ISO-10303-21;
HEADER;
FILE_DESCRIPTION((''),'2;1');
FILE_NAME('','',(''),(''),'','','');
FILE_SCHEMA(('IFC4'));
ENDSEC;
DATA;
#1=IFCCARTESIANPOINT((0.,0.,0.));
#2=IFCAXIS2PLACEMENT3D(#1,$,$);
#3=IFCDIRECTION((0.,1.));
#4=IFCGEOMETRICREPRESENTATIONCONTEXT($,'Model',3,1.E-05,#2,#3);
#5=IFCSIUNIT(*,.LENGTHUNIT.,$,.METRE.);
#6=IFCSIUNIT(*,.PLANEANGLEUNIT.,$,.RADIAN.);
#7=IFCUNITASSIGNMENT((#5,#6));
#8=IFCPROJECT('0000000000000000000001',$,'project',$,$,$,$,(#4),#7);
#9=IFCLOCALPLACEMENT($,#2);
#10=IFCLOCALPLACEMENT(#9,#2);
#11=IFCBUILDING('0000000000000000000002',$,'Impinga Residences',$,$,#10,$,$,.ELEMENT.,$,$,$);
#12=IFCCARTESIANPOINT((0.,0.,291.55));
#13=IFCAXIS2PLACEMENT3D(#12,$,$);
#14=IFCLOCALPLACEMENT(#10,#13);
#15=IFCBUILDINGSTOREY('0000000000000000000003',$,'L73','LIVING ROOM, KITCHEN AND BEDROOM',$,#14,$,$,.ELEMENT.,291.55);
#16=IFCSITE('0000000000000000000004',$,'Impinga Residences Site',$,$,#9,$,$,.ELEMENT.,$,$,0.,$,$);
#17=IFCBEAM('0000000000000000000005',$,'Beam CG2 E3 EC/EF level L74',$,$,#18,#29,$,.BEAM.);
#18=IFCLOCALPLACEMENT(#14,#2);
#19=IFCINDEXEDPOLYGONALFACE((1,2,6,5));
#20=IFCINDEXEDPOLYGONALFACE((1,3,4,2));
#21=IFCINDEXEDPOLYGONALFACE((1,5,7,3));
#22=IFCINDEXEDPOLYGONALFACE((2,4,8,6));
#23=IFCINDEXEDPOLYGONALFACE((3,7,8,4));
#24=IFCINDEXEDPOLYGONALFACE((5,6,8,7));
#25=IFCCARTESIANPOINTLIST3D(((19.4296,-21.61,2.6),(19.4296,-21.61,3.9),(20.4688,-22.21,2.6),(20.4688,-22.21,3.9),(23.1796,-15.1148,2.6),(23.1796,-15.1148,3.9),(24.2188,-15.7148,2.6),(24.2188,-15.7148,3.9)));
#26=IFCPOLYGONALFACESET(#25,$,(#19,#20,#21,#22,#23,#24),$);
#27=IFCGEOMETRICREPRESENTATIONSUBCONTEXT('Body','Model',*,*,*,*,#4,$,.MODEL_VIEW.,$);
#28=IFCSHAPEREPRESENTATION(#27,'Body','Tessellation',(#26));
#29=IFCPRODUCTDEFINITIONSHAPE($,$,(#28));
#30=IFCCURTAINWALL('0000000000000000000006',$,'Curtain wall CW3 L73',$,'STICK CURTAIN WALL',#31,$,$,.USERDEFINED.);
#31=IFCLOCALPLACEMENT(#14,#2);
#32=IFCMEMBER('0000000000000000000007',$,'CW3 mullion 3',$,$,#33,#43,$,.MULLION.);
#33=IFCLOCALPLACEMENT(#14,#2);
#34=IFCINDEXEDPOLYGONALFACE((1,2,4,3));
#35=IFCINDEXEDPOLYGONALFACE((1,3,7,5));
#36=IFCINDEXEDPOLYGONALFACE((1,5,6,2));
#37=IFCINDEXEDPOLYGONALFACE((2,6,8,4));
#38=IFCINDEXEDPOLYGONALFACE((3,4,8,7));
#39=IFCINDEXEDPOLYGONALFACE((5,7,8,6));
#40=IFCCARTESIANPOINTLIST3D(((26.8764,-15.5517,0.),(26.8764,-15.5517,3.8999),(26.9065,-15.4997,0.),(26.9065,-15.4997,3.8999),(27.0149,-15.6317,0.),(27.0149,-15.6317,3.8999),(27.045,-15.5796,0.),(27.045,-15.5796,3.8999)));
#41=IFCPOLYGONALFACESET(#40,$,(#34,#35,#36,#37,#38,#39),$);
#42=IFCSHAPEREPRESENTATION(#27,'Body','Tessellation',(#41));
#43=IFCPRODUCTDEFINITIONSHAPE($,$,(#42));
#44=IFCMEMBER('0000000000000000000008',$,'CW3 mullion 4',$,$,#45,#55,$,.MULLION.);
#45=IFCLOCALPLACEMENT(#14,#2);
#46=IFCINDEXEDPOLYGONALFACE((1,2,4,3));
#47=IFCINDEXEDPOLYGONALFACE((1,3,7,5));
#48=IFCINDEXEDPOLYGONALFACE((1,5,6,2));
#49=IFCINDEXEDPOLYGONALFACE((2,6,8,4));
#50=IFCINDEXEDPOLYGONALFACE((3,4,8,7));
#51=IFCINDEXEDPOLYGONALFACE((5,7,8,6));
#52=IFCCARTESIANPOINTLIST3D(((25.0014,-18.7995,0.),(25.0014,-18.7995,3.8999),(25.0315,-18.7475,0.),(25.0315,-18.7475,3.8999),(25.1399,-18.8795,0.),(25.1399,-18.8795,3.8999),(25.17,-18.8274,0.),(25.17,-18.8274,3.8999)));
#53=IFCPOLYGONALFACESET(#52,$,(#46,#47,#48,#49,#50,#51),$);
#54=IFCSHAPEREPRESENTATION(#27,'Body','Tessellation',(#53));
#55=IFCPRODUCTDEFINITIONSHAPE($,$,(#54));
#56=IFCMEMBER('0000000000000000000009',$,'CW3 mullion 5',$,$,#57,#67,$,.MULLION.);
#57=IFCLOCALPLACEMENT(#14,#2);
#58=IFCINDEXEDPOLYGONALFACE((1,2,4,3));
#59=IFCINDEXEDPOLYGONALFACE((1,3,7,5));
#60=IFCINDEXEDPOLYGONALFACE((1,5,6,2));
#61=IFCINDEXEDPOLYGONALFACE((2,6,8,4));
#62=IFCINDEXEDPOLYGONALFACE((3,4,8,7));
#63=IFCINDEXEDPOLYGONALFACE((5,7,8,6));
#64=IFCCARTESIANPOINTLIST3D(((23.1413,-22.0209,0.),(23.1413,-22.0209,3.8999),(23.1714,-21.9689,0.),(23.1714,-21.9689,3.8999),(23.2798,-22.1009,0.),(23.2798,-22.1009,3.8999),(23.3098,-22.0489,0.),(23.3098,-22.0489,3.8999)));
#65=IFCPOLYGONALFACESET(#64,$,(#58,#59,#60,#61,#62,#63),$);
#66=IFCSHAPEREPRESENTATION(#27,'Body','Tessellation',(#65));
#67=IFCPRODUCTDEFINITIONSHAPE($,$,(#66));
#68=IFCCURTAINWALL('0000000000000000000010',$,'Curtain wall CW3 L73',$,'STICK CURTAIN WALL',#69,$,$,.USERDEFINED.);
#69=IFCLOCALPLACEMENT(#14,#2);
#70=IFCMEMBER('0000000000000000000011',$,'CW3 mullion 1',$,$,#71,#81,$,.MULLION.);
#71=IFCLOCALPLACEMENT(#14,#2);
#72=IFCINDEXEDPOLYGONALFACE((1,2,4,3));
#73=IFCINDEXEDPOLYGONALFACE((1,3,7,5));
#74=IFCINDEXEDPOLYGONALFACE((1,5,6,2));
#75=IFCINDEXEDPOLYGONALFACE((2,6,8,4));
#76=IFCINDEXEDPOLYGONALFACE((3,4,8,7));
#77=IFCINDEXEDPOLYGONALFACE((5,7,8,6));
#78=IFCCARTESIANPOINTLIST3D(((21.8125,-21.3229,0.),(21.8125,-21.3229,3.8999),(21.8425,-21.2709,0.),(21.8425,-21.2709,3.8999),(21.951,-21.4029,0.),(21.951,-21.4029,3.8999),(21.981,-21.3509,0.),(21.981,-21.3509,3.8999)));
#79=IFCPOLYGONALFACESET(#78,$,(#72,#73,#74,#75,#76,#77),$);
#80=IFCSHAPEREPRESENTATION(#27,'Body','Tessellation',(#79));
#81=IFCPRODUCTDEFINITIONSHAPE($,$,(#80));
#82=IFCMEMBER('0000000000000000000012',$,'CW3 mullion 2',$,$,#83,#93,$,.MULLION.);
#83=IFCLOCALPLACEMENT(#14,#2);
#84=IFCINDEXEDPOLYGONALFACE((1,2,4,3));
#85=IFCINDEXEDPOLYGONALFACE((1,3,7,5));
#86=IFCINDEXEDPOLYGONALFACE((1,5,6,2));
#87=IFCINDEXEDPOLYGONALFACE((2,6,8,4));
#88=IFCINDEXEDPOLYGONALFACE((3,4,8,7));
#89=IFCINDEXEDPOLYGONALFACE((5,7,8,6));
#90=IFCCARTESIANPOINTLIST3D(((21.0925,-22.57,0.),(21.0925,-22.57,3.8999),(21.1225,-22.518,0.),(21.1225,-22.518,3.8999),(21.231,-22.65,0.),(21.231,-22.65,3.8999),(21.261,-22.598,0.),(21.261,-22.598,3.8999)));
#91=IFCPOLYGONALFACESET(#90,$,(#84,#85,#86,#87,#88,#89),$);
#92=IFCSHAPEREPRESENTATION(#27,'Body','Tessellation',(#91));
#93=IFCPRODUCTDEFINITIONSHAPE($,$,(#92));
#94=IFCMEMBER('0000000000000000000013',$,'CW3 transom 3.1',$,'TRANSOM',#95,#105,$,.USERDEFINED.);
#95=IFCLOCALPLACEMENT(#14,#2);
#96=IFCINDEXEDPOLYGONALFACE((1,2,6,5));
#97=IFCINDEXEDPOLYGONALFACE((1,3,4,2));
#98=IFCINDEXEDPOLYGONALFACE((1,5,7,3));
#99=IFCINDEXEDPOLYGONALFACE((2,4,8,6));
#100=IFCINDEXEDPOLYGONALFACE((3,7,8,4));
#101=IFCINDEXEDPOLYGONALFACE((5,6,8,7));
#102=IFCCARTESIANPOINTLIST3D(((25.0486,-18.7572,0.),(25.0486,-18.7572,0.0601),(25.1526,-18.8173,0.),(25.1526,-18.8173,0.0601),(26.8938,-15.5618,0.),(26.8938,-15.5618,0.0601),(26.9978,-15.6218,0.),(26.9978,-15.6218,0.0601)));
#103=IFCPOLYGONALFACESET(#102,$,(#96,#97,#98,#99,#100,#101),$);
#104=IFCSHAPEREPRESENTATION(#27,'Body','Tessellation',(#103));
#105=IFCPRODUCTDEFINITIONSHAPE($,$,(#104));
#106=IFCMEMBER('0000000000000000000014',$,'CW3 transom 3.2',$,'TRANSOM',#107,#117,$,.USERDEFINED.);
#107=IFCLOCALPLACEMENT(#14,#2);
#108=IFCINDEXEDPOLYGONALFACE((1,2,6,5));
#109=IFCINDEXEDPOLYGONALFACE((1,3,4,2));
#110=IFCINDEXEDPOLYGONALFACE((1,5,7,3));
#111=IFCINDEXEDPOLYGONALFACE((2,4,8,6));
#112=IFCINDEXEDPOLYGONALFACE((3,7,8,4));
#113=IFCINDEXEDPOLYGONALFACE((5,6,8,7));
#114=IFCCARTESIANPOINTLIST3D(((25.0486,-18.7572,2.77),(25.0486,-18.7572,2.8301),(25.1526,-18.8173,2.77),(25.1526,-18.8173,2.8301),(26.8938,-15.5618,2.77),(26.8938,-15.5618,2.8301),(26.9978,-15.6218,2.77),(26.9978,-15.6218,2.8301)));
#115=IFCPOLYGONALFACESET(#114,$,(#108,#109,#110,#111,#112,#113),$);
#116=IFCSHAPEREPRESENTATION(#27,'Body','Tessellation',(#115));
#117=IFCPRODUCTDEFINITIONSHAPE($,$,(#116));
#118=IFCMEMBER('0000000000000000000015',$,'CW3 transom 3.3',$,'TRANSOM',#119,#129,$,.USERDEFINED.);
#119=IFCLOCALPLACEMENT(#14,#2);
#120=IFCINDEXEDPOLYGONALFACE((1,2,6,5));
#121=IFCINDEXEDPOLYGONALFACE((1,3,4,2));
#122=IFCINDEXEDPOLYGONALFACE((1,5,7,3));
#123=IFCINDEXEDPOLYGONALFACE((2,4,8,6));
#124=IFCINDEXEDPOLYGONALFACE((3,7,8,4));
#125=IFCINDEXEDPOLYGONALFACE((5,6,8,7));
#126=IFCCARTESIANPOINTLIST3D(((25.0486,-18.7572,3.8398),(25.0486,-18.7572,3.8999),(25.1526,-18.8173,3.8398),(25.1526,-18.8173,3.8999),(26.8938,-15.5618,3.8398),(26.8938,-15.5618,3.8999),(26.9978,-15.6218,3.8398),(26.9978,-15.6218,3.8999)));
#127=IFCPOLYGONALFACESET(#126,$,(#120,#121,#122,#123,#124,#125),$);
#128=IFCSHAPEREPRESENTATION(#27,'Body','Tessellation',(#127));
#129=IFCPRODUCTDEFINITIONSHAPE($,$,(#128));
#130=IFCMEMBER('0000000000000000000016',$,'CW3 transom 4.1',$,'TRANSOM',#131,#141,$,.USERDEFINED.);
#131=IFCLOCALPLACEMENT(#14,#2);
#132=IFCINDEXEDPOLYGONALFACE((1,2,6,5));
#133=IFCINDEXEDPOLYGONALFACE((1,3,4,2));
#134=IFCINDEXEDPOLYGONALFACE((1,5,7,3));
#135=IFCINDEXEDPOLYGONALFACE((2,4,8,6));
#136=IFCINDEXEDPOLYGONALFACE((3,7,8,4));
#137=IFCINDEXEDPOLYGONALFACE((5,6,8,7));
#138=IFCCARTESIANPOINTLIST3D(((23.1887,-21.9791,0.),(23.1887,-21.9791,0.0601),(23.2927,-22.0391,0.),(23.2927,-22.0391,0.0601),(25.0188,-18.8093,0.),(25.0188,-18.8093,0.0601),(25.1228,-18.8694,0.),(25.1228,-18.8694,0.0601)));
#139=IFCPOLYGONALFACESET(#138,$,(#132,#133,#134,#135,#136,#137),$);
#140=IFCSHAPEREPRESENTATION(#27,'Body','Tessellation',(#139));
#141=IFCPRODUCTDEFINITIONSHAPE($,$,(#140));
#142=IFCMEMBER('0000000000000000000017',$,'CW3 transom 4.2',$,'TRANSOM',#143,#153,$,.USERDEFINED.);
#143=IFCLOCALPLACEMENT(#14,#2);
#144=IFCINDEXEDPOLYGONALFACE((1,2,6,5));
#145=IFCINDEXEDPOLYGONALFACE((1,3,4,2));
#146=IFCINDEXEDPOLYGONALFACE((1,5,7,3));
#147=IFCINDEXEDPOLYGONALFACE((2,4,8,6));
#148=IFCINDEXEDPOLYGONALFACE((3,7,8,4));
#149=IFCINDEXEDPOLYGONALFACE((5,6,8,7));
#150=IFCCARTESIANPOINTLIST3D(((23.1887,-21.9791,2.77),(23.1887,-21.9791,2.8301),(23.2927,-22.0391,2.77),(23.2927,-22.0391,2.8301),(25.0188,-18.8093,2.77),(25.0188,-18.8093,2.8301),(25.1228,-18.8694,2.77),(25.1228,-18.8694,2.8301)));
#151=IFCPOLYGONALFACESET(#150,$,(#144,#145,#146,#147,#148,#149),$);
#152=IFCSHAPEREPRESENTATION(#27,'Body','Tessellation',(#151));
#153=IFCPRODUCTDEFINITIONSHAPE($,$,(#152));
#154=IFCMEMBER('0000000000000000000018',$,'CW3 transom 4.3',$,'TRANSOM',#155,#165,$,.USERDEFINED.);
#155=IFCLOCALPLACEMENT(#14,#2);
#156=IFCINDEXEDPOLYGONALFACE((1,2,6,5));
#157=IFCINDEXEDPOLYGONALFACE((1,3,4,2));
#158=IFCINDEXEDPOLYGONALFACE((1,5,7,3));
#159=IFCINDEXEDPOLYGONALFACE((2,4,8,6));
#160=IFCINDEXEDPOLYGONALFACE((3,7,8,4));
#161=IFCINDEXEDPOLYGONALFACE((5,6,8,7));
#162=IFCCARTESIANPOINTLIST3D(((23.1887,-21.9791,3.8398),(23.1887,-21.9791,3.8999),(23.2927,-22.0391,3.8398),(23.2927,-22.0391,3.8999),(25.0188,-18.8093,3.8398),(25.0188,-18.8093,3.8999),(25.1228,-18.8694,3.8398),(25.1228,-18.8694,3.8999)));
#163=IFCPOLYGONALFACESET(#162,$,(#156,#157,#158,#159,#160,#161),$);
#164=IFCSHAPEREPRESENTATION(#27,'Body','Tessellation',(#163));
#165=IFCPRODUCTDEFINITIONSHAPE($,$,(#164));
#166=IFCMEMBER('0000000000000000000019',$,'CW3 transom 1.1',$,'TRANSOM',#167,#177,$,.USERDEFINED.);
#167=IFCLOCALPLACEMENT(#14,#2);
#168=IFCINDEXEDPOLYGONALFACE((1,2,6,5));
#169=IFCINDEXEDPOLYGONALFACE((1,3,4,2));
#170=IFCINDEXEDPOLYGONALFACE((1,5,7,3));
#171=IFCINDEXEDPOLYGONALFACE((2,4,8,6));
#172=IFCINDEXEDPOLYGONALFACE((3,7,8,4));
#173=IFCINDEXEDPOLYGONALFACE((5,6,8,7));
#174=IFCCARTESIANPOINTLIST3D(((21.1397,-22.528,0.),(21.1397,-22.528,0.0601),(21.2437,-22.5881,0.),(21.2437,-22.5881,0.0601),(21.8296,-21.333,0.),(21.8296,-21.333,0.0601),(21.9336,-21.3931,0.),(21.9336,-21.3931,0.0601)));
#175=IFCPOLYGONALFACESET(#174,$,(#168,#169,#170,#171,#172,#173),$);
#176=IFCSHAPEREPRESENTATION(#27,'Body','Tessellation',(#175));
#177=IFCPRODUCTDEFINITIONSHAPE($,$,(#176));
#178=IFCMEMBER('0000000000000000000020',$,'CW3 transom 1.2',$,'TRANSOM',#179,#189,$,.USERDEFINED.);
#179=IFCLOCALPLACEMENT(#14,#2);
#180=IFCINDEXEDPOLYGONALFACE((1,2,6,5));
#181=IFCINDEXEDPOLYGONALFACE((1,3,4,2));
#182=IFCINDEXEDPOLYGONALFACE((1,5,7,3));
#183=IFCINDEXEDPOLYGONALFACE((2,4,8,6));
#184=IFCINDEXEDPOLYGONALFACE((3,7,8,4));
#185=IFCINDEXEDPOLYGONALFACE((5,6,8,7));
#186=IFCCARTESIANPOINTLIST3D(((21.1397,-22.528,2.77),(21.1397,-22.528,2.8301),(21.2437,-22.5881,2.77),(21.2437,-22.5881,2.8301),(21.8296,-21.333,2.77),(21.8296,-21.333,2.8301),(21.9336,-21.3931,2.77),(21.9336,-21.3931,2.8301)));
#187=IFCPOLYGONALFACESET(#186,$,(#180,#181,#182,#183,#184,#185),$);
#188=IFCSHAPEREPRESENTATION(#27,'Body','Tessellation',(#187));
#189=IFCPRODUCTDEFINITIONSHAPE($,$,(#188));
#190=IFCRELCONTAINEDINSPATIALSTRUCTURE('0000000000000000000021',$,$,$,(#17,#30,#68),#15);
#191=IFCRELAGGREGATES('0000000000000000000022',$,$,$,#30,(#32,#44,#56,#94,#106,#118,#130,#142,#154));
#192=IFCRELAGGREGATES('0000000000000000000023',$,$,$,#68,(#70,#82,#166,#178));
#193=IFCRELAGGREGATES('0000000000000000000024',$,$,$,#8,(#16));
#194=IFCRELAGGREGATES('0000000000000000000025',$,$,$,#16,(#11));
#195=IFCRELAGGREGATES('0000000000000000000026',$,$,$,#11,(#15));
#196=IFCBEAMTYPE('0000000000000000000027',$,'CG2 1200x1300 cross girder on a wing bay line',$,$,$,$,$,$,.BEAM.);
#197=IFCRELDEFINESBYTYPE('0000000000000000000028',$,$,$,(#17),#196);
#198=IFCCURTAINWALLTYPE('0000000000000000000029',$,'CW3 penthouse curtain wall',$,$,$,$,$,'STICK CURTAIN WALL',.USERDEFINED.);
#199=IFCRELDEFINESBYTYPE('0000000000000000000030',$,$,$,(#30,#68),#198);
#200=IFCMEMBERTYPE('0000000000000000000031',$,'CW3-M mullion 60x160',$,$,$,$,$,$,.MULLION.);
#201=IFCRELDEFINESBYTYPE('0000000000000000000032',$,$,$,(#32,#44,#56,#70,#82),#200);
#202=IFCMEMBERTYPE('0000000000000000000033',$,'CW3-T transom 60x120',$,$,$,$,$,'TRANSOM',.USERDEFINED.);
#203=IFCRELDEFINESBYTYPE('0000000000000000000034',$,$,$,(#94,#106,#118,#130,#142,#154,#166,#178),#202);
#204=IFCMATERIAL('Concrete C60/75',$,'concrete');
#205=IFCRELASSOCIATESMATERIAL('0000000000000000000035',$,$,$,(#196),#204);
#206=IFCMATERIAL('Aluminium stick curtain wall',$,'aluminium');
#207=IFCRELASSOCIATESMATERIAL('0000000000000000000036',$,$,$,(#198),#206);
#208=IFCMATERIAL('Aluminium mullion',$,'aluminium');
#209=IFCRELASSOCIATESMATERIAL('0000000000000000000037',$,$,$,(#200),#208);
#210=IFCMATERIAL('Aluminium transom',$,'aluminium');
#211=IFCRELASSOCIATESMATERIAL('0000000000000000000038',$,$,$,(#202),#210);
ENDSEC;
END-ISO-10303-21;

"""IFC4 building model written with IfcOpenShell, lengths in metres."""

from ifc_helpers import new_model, si_unit, direction, frame, origin, origin_2d, place, context, subcontext, project, spatial, rectangle, extrude, material, material_profile, profile_set, type_object, element, aggregate, save


model = new_model("IFC4")

# Units and contexts
model_context = context("Model", 3, precision=1e-05, world=origin(), true_north=direction((0.0, 1.0)))
body_context = subcontext(model_context, "Body", "Model", "MODEL_VIEW")
ifc_project = project(units=[si_unit("LENGTHUNIT", "METRE"), si_unit("PLANEANGLEUNIT", "RADIAN")], contexts=[model_context])

# Site, building, storey
site_placement = place(None, origin())
site = spatial("IfcSite", under=ifc_project, at=site_placement, Name="Impinga Residences Site", CompositionType="ELEMENT", RefElevation=0.0)
building_placement = place(site_placement, origin())
building = spatial("IfcBuilding", under=site, at=building_placement, Name="Impinga Residences", CompositionType="ELEMENT")
storey_placement = place(building_placement, frame((0.0, 0.0, 291.55)))
storey = spatial("IfcBuildingStorey", under=building, at=storey_placement, Name="L73", Description="LIVING ROOM, KITCHEN AND BEDROOM", CompositionType="ELEMENT", Elevation=291.55)

# Beam
ifc_material_1 = material(Name="Concrete C60/75", Category="concrete")
ifc_material_profile_1 = material_profile(ifc_material_1, rectangle(XDim=1.2, YDim=1.3, at=origin_2d()), Name="RC 1200x1300")
ifc_profile_set_1 = profile_set([ifc_material_profile_1], Name="Concrete C60/75")
beam_type_1 = type_object("IfcBeamType", Name="CG2 1200x1300 cross girder on a wing bay line", PredefinedType="BEAM", material=ifc_profile_set_1)
beam_1_placement = place(storey_placement, frame((23.6992, -15.4148, 3.25), z_axis=(-0.500004, -0.866023, 0.0), x_axis=(0.866023, -0.500004, 0.0)))
element("IfcBeam", 1, at=beam_1_placement, inside=storey, type_object=beam_type_1, Name="Beam CG2 E3 EC/EF level L74", PredefinedType="BEAM", context=body_context, shape_type="SweptSolid", body=[
    extrude(rectangle(XDim=1.2, YDim=1.3, at=origin_2d()), origin(), (0.0, 0.0, 1.0), 7.5),
])

# Curtain walls, members
ifc_material_2 = material(Name="Aluminium stick curtain wall", Category="aluminium")
curtain_wall_type = type_object("IfcCurtainWallType", Name="CW3 penthouse curtain wall", ElementType="STICK CURTAIN WALL", PredefinedType="USERDEFINED", material=ifc_material_2)
curtain_wall_1_placement = place(storey_placement, origin())
curtain_wall_1 = element("IfcCurtainWall", 2, at=curtain_wall_1_placement, inside=storey, type_object=curtain_wall_type, Name="Curtain wall CW3 L73", ObjectType="STICK CURTAIN WALL", PredefinedType="USERDEFINED")
ifc_material_3 = material(Name="Aluminium mullion", Category="aluminium")
ifc_material_profile_2 = material_profile(ifc_material_3, rectangle(XDim=0.0601, YDim=0.1599, at=origin_2d()), Name="60x160 mullion")
ifc_profile_set_2 = profile_set([ifc_material_profile_2], Name="Aluminium mullion")
member_type_1 = type_object("IfcMemberType", Name="CW3-M mullion 60x160", PredefinedType="MULLION", material=ifc_profile_set_2)
member_1_placement = place(storey_placement, frame((26.9607, -15.5657, 0.0), z_axis=(0.0, 0.0, 1.0), x_axis=(-0.5, -0.866025, 0.0)))
member_1 = element("IfcMember", 3, at=member_1_placement, type_object=member_type_1, Name="CW3 mullion 3", PredefinedType="MULLION", context=body_context, shape_type="SweptSolid", body=[
    extrude(rectangle(XDim=0.0601, YDim=0.1599, at=origin_2d()), origin(), (0.0, 0.0, 1.0), 3.8999),
])
member_2_placement = place(storey_placement, frame((25.0857, -18.8135, 0.0), z_axis=(0.0, 0.0, 1.0), x_axis=(-0.5, -0.866025, 0.0)))
member_2 = element("IfcMember", 4, at=member_2_placement, type_object=member_type_1, Name="CW3 mullion 4", PredefinedType="MULLION", context=body_context, shape_type="SweptSolid", body=[
    extrude(rectangle(XDim=0.0601, YDim=0.1599, at=origin_2d()), origin(), (0.0, 0.0, 1.0), 3.8999),
])
member_3_placement = place(storey_placement, frame((23.2256, -22.0349, 0.0), z_axis=(0.0, 0.0, 1.0), x_axis=(-0.5, -0.866025, 0.0)))
member_3 = element("IfcMember", 5, at=member_3_placement, type_object=member_type_1, Name="CW3 mullion 5", PredefinedType="MULLION", context=body_context, shape_type="SweptSolid", body=[
    extrude(rectangle(XDim=0.0601, YDim=0.1599, at=origin_2d()), origin(), (0.0, 0.0, 1.0), 3.8999),
])
curtain_wall_2_placement = place(storey_placement, origin())
curtain_wall_2 = element("IfcCurtainWall", 6, at=curtain_wall_2_placement, inside=storey, type_object=curtain_wall_type, Name="Curtain wall CW3 L73", ObjectType="STICK CURTAIN WALL", PredefinedType="USERDEFINED")
member_4_placement = place(storey_placement, frame((21.8967, -21.3369, 0.0), z_axis=(0.0, 0.0, 1.0), x_axis=(-0.5, -0.866025, 0.0)))
member_4 = element("IfcMember", 7, at=member_4_placement, type_object=member_type_1, Name="CW3 mullion 1", PredefinedType="MULLION", context=body_context, shape_type="SweptSolid", body=[
    extrude(rectangle(XDim=0.0601, YDim=0.1599, at=origin_2d()), origin(), (0.0, 0.0, 1.0), 3.8999),
])
member_5_placement = place(storey_placement, frame((21.1768, -22.584, 0.0), z_axis=(0.0, 0.0, 1.0), x_axis=(-0.5, -0.866025, 0.0)))
member_5 = element("IfcMember", 8, at=member_5_placement, type_object=member_type_1, Name="CW3 mullion 2", PredefinedType="MULLION", context=body_context, shape_type="SweptSolid", body=[
    extrude(rectangle(XDim=0.0601, YDim=0.1599, at=origin_2d()), origin(), (0.0, 0.0, 1.0), 3.8999),
])

# Members
ifc_material_4 = material(Name="Aluminium transom", Category="aluminium")
ifc_material_profile_3 = material_profile(ifc_material_4, rectangle(XDim=0.0601, YDim=0.1201, at=origin_2d()), Name="60x120 transom")
ifc_profile_set_3 = profile_set([ifc_material_profile_3], Name="Aluminium transom")
member_type_2 = type_object("IfcMemberType", Name="CW3-T transom 60x120", ElementType="TRANSOM", PredefinedType="USERDEFINED", material=ifc_profile_set_3)
member_6_placement = place(storey_placement, frame((26.9458, -15.5918, 0.03), z_axis=(-0.500053, -0.865995, 0.0), x_axis=(0.0, 0.0, 1.0)))
member_6 = element("IfcMember", 9, at=member_6_placement, type_object=member_type_2, Name="CW3 transom 3.1", ObjectType="TRANSOM", PredefinedType="USERDEFINED", context=body_context, shape_type="SweptSolid", body=[
    extrude(rectangle(XDim=0.0601, YDim=0.1201, at=origin_2d()), origin(), (0.0, 0.0, 1.0), 3.6899),
])
member_7_placement = place(storey_placement, frame((26.9458, -15.5918, 2.8), z_axis=(-0.500053, -0.865995, 0.0), x_axis=(0.0, 0.0, 1.0)))
member_7 = element("IfcMember", 10, at=member_7_placement, type_object=member_type_2, Name="CW3 transom 3.2", ObjectType="TRANSOM", PredefinedType="USERDEFINED", context=body_context, shape_type="SweptSolid", body=[
    extrude(rectangle(XDim=0.0601, YDim=0.1201, at=origin_2d()), origin(), (0.0, 0.0, 1.0), 3.6899),
])
member_8_placement = place(storey_placement, frame((26.9458, -15.5918, 3.8699), z_axis=(-0.500053, -0.865995, 0.0), x_axis=(0.0, 0.0, 1.0)))
member_8 = element("IfcMember", 11, at=member_8_placement, type_object=member_type_2, Name="CW3 transom 3.3", ObjectType="TRANSOM", PredefinedType="USERDEFINED", context=body_context, shape_type="SweptSolid", body=[
    extrude(rectangle(XDim=0.0601, YDim=0.1201, at=origin_2d()), origin(), (0.0, 0.0, 1.0), 3.6899),
])
member_9_placement = place(storey_placement, frame((25.0708, -18.8394, 0.03), z_axis=(-0.500013, -0.866018, 0.0), x_axis=(0.0, 0.0, 1.0)))
member_9 = element("IfcMember", 12, at=member_9_placement, type_object=member_type_2, Name="CW3 transom 4.1", ObjectType="TRANSOM", PredefinedType="USERDEFINED", context=body_context, shape_type="SweptSolid", body=[
    extrude(rectangle(XDim=0.0601, YDim=0.1201, at=origin_2d()), origin(), (0.0, 0.0, 1.0), 3.6602),
])
member_10_placement = place(storey_placement, frame((25.0708, -18.8394, 2.8), z_axis=(-0.500013, -0.866018, 0.0), x_axis=(0.0, 0.0, 1.0)))
member_10 = element("IfcMember", 13, at=member_10_placement, type_object=member_type_2, Name="CW3 transom 4.2", ObjectType="TRANSOM", PredefinedType="USERDEFINED", context=body_context, shape_type="SweptSolid", body=[
    extrude(rectangle(XDim=0.0601, YDim=0.1201, at=origin_2d()), origin(), (0.0, 0.0, 1.0), 3.6602),
])
member_11_placement = place(storey_placement, frame((25.0708, -18.8394, 3.8699), z_axis=(-0.500013, -0.866018, 0.0), x_axis=(0.0, 0.0, 1.0)))
member_11 = element("IfcMember", 14, at=member_11_placement, type_object=member_type_2, Name="CW3 transom 4.3", ObjectType="TRANSOM", PredefinedType="USERDEFINED", context=body_context, shape_type="SweptSolid", body=[
    extrude(rectangle(XDim=0.0601, YDim=0.1201, at=origin_2d()), origin(), (0.0, 0.0, 1.0), 3.6602),
])
member_12_placement = place(storey_placement, frame((21.8816, -21.363, 0.03), z_axis=(-0.499983, -0.866035, 0.0), x_axis=(0.0, 0.0, 1.0)))
member_12 = element("IfcMember", 15, at=member_12_placement, type_object=member_type_2, Name="CW3 transom 1.1", ObjectType="TRANSOM", PredefinedType="USERDEFINED", context=body_context, shape_type="SweptSolid", body=[
    extrude(rectangle(XDim=0.0601, YDim=0.1201, at=origin_2d()), origin(), (0.0, 0.0, 1.0), 1.3799),
])
member_13_placement = place(storey_placement, frame((21.8816, -21.363, 2.8), z_axis=(-0.499983, -0.866035, 0.0), x_axis=(0.0, 0.0, 1.0)))
member_13 = element("IfcMember", 16, at=member_13_placement, type_object=member_type_2, Name="CW3 transom 1.2", ObjectType="TRANSOM", PredefinedType="USERDEFINED", context=body_context, shape_type="SweptSolid", body=[
    extrude(rectangle(XDim=0.0601, YDim=0.1201, at=origin_2d()), origin(), (0.0, 0.0, 1.0), 1.3799),
])

aggregate(curtain_wall_1, [member_1, member_2, member_3, member_6, member_7, member_8, member_9, member_10, member_11])
aggregate(curtain_wall_2, [member_4, member_5, member_12, member_13])

save(model, "model.ifc")
